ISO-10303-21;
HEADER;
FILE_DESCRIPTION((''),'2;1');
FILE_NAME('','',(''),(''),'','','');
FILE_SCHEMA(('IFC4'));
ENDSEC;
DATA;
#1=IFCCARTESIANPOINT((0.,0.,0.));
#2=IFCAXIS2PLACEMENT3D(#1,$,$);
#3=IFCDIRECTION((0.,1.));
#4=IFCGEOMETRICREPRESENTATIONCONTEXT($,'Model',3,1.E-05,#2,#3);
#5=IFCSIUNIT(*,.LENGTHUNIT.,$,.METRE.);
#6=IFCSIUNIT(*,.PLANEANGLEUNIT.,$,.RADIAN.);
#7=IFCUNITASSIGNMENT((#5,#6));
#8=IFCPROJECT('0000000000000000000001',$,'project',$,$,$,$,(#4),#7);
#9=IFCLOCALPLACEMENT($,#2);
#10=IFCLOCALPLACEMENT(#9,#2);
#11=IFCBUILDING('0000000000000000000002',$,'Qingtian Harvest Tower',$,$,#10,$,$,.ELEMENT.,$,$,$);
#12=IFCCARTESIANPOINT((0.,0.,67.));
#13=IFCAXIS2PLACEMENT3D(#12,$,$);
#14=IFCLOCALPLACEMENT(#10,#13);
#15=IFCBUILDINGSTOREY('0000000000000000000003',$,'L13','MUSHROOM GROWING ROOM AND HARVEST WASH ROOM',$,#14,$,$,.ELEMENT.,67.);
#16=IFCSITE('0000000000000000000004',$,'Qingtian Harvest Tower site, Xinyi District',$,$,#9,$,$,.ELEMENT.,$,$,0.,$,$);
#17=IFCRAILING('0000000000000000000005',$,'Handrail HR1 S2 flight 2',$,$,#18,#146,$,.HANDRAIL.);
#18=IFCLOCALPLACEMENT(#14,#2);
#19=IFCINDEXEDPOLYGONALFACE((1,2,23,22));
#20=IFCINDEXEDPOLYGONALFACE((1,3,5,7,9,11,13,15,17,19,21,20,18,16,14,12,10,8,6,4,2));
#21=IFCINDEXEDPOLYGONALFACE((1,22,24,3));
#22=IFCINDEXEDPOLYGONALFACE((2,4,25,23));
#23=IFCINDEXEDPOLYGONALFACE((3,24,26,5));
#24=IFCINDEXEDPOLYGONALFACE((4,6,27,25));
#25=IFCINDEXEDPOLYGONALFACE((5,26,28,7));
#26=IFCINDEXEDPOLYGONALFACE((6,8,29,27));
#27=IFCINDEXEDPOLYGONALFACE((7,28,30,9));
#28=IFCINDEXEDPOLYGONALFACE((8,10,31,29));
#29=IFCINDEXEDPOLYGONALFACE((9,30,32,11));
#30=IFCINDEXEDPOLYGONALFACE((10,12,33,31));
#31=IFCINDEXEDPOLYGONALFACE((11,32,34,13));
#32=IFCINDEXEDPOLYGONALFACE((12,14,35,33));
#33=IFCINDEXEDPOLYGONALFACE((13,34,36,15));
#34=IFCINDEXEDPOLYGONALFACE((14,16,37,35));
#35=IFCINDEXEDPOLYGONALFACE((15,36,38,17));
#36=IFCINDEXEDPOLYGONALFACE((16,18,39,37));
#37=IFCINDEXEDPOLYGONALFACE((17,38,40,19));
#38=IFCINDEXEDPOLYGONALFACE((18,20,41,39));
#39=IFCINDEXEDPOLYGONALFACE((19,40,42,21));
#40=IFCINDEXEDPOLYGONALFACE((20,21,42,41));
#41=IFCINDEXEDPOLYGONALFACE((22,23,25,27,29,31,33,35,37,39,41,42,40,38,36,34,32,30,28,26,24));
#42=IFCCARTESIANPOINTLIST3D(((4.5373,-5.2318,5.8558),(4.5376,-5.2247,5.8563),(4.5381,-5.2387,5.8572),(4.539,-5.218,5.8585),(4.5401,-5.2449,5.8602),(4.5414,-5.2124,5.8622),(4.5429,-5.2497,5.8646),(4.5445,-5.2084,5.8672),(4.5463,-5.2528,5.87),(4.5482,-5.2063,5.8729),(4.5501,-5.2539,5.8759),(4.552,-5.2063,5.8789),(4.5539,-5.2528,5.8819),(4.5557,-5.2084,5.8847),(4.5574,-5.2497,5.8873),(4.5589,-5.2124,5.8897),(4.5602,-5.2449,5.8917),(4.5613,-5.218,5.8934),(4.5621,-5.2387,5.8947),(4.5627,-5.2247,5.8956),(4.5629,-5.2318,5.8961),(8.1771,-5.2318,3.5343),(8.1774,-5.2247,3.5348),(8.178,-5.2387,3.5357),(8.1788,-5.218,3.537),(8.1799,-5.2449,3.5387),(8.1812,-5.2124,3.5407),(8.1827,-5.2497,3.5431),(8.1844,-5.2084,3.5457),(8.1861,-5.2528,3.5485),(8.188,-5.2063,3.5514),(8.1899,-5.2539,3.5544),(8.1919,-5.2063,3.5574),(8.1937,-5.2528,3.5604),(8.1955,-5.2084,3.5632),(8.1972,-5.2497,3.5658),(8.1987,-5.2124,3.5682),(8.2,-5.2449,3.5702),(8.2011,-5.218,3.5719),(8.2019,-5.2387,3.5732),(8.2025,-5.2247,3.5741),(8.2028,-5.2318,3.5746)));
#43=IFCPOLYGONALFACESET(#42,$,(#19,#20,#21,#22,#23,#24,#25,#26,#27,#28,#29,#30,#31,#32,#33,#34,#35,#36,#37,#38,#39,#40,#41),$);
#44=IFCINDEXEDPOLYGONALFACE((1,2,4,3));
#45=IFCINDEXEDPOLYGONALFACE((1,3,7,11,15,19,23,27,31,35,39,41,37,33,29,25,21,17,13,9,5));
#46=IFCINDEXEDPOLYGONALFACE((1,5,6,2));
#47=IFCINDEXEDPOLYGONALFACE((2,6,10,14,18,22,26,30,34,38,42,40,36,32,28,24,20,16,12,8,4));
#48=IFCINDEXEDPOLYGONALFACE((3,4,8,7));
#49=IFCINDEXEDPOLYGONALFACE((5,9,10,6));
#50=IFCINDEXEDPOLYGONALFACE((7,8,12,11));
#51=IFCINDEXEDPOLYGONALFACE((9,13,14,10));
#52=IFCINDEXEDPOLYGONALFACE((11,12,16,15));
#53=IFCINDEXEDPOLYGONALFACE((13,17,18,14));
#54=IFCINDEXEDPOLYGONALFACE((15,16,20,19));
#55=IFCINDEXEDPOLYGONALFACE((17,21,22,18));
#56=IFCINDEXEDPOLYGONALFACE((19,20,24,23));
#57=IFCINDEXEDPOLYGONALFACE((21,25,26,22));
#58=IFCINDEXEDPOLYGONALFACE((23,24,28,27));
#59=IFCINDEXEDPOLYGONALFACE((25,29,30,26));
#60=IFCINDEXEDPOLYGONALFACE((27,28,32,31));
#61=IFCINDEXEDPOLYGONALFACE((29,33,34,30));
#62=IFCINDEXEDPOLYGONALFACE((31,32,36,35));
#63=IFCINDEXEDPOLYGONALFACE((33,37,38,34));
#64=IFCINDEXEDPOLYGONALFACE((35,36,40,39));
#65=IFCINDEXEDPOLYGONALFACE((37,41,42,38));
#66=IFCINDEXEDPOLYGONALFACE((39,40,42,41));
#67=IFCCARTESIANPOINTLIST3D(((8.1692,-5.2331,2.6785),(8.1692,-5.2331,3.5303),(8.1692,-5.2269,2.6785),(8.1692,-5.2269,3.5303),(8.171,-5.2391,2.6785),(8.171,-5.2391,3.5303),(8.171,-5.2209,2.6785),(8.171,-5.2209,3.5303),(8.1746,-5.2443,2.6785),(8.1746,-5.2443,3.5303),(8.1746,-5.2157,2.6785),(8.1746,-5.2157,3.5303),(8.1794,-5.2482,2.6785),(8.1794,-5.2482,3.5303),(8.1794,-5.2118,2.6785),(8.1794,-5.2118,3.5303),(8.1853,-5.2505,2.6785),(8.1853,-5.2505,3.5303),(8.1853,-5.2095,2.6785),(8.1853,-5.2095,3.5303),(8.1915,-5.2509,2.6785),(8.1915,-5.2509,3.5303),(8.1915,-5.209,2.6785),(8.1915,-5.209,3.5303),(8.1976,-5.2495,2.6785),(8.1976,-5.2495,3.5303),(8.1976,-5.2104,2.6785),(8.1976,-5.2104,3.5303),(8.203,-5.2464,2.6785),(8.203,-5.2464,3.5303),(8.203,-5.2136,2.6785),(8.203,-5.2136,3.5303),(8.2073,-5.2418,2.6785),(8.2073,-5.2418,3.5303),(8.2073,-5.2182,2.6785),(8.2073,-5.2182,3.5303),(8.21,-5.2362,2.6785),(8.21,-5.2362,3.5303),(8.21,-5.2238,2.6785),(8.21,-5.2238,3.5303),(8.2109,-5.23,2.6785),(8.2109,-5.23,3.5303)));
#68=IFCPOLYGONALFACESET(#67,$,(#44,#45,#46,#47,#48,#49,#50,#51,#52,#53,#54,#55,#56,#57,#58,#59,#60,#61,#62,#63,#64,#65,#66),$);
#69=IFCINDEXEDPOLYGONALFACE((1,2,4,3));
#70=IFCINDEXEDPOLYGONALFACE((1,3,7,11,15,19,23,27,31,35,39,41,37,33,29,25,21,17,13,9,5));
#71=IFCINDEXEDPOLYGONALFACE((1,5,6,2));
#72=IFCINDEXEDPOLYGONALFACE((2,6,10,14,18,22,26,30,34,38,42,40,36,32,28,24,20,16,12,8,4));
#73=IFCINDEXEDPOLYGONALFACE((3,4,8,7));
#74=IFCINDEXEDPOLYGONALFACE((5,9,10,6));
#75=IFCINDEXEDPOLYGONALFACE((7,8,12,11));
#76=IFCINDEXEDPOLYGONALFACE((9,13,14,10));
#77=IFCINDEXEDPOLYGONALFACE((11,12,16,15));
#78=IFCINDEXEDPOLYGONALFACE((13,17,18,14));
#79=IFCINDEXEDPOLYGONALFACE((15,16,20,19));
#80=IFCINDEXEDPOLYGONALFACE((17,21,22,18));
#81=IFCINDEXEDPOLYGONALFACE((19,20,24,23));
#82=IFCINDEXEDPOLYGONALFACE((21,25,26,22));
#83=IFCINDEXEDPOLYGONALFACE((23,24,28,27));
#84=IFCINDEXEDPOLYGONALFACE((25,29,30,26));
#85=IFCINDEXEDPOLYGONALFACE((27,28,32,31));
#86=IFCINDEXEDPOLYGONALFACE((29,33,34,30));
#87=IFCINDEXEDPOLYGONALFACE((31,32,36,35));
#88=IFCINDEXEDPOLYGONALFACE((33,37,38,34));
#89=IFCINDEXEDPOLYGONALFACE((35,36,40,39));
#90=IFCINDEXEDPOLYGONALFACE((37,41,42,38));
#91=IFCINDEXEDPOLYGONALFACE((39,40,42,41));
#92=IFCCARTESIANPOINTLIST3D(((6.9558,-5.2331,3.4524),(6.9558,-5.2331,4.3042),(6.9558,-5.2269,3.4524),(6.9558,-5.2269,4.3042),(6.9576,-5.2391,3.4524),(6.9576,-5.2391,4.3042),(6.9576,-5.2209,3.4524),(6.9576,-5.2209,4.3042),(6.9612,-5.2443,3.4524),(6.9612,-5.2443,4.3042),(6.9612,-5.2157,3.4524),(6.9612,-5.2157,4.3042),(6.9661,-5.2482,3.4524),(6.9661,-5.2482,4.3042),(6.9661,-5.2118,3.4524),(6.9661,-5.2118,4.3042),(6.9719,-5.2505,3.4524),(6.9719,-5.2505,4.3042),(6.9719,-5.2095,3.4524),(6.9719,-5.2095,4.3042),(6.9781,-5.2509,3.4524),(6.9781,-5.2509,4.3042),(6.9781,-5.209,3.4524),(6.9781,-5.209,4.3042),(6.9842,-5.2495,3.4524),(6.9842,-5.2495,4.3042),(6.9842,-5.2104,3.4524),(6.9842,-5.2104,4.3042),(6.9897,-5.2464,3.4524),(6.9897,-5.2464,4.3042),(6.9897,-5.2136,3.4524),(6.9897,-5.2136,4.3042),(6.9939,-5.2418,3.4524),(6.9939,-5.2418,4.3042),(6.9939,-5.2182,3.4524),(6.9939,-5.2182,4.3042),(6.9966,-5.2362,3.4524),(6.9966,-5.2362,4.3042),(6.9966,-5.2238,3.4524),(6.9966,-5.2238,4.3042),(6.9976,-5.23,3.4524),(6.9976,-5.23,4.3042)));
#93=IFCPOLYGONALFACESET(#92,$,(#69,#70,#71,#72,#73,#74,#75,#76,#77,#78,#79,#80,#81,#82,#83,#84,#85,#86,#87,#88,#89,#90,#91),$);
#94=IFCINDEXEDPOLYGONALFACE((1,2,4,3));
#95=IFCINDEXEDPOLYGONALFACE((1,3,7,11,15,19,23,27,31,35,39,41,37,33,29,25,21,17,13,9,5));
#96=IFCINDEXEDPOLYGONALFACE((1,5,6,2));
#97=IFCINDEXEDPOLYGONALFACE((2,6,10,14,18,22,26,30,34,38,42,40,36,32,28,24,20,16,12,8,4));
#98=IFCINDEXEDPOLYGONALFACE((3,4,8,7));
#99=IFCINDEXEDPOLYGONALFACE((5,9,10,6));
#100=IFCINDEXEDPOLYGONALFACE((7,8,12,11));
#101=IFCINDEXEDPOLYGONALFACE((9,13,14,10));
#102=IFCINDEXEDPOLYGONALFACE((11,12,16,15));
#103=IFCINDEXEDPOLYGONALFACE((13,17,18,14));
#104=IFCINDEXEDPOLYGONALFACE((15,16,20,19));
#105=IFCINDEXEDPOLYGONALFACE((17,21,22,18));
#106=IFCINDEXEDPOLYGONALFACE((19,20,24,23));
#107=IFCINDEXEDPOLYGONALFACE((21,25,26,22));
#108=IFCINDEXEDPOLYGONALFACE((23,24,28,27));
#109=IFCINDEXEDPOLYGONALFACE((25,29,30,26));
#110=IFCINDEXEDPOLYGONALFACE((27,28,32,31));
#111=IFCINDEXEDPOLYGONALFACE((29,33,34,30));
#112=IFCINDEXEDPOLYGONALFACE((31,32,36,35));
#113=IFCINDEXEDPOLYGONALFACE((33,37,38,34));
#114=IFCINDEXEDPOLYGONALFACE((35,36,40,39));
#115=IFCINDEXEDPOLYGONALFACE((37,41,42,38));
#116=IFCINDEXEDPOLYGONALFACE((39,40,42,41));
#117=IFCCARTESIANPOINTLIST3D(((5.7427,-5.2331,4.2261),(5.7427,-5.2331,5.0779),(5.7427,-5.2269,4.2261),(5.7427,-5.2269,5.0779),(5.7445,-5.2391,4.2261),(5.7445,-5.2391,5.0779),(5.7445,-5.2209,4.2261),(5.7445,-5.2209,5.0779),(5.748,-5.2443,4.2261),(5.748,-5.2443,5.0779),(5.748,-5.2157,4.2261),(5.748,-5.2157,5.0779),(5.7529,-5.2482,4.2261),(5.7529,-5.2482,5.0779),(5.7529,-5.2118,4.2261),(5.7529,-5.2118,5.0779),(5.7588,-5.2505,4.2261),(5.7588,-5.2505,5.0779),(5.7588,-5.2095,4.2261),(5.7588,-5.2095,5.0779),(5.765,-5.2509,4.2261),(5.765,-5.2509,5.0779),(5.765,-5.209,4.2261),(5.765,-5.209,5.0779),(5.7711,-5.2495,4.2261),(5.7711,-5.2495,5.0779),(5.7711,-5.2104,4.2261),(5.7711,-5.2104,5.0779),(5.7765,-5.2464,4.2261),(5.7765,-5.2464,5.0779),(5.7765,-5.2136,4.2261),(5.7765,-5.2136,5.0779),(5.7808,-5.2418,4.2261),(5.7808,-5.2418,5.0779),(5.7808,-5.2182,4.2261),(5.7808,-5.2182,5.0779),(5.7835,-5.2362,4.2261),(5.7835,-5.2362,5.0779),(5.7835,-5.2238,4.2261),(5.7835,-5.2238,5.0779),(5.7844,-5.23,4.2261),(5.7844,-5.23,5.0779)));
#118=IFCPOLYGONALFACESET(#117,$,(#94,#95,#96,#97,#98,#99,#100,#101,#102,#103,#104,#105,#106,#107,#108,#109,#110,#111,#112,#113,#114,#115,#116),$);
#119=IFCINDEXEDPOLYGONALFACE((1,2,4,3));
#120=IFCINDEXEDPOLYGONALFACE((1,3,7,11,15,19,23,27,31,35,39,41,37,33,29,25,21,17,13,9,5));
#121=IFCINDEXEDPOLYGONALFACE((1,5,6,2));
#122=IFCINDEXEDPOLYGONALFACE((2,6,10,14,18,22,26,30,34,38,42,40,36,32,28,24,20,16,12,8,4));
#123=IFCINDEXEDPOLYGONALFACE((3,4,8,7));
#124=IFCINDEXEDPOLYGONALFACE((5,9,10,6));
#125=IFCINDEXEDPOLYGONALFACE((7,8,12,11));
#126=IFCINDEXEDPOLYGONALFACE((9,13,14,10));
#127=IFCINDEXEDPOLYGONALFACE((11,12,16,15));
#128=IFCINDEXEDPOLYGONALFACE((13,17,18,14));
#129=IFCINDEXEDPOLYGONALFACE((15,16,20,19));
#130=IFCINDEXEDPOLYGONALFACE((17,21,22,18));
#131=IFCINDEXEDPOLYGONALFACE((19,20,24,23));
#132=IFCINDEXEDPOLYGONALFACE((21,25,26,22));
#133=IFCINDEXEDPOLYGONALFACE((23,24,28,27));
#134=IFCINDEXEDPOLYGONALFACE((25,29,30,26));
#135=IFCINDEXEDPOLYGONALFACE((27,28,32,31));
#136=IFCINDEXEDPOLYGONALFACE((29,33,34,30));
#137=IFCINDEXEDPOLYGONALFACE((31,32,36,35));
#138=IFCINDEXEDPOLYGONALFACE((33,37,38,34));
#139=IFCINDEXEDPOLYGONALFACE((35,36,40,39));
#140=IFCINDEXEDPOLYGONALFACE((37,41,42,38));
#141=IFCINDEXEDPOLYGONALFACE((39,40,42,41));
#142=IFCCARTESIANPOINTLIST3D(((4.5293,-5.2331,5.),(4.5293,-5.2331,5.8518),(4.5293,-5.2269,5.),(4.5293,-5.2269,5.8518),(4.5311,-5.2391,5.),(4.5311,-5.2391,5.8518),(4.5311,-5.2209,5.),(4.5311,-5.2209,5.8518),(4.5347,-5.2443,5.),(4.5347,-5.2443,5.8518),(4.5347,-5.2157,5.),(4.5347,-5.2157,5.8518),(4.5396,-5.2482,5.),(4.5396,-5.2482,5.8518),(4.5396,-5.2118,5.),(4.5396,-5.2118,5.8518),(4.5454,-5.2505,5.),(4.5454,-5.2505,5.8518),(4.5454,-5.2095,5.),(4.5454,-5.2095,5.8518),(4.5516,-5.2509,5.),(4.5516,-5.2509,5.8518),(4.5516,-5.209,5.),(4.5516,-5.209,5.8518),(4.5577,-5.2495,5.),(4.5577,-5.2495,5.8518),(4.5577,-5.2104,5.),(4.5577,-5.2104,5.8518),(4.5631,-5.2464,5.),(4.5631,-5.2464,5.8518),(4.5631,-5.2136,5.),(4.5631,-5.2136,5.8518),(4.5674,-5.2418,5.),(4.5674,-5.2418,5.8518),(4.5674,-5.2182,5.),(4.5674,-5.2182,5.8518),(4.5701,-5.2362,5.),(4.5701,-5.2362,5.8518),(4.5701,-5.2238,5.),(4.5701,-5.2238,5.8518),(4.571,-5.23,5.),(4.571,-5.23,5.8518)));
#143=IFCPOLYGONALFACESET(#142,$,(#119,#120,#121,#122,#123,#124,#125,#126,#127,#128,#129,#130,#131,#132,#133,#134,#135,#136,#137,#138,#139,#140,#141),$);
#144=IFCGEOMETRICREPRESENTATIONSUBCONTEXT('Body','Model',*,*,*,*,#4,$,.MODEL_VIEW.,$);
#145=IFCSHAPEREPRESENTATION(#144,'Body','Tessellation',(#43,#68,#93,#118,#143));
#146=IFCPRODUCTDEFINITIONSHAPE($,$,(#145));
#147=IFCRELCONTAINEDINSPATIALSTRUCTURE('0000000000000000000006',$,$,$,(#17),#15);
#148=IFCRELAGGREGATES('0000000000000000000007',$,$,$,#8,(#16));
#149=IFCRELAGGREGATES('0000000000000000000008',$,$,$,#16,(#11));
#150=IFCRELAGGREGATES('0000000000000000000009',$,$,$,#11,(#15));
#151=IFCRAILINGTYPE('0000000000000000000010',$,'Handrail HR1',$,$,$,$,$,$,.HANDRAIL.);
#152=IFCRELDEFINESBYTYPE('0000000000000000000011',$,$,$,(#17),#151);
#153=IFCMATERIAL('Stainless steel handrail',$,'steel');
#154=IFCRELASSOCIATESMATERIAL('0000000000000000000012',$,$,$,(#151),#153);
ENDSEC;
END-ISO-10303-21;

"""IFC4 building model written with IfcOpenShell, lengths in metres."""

from ifc_helpers import new_model, si_unit, direction, frame, origin, origin_2d, place, context, subcontext, project, spatial, circle, extrude, material, type_object, element, save


model = new_model("IFC4")

# Units and contexts
model_context = context("Model", 3, precision=1e-05, world=origin(), true_north=direction((0.0, 1.0)))
body_context = subcontext(model_context, "Body", "Model", "MODEL_VIEW")
ifc_project = project(units=[si_unit("LENGTHUNIT", "METRE"), si_unit("PLANEANGLEUNIT", "RADIAN")], contexts=[model_context])

# Site, building, storey
site_placement = place(None, origin())
site = spatial("IfcSite", under=ifc_project, at=site_placement, Name="Qingtian Harvest Tower site, Xinyi District", CompositionType="ELEMENT", RefElevation=0.0)
building_placement = place(site_placement, origin())
building = spatial("IfcBuilding", under=site, at=building_placement, Name="Qingtian Harvest Tower", CompositionType="ELEMENT")
storey_placement = place(building_placement, frame((0.0, 0.0, 67.0)))
storey = spatial("IfcBuildingStorey", under=building, at=storey_placement, Name="L13", Description="MUSHROOM GROWING ROOM AND HARVEST WASH ROOM", CompositionType="ELEMENT", Elevation=67.0)

# Railing
ifc_material_1 = material(Name="Stainless steel handrail", Category="steel")
railing_type = type_object("IfcRailingType", Name="Handrail HR1", PredefinedType="HANDRAIL", material=ifc_material_1)
railing_1_placement = place(storey_placement, frame((8.1899, -5.23, 2.6785)))
element("IfcRailing", 1, at=railing_1_placement, inside=storey, type_object=railing_type, Name="Handrail HR1 S2 flight 2", PredefinedType="HANDRAIL", context=body_context, shape_type="SweptSolid", body=[
    extrude(circle(Radius=0.0239, at=origin_2d()), frame((0.0, 0.0, 0.876), z_axis=(-0.843112, 0.0, 0.537739), x_axis=(0.0, -1.0, 0.0)), (0.0, 0.0, 1.0), 4.3171),
    extrude(circle(Radius=0.021, at=origin_2d()), origin(), (0.0, 0.0, 1.0), 0.8518),
    extrude(circle(Radius=0.021, at=origin_2d()), frame((-1.2134, 0.0, 0.7739)), (0.0, 0.0, 1.0), 0.8518),
    extrude(circle(Radius=0.021, at=origin_2d()), frame((-2.4265, 0.0, 1.5476)), (0.0, 0.0, 1.0), 0.8518),
    extrude(circle(Radius=0.021, at=origin_2d()), frame((-3.6399, 0.0, 2.3215)), (0.0, 0.0, 1.0), 0.8518),
])

save(model, "model.ifc")
